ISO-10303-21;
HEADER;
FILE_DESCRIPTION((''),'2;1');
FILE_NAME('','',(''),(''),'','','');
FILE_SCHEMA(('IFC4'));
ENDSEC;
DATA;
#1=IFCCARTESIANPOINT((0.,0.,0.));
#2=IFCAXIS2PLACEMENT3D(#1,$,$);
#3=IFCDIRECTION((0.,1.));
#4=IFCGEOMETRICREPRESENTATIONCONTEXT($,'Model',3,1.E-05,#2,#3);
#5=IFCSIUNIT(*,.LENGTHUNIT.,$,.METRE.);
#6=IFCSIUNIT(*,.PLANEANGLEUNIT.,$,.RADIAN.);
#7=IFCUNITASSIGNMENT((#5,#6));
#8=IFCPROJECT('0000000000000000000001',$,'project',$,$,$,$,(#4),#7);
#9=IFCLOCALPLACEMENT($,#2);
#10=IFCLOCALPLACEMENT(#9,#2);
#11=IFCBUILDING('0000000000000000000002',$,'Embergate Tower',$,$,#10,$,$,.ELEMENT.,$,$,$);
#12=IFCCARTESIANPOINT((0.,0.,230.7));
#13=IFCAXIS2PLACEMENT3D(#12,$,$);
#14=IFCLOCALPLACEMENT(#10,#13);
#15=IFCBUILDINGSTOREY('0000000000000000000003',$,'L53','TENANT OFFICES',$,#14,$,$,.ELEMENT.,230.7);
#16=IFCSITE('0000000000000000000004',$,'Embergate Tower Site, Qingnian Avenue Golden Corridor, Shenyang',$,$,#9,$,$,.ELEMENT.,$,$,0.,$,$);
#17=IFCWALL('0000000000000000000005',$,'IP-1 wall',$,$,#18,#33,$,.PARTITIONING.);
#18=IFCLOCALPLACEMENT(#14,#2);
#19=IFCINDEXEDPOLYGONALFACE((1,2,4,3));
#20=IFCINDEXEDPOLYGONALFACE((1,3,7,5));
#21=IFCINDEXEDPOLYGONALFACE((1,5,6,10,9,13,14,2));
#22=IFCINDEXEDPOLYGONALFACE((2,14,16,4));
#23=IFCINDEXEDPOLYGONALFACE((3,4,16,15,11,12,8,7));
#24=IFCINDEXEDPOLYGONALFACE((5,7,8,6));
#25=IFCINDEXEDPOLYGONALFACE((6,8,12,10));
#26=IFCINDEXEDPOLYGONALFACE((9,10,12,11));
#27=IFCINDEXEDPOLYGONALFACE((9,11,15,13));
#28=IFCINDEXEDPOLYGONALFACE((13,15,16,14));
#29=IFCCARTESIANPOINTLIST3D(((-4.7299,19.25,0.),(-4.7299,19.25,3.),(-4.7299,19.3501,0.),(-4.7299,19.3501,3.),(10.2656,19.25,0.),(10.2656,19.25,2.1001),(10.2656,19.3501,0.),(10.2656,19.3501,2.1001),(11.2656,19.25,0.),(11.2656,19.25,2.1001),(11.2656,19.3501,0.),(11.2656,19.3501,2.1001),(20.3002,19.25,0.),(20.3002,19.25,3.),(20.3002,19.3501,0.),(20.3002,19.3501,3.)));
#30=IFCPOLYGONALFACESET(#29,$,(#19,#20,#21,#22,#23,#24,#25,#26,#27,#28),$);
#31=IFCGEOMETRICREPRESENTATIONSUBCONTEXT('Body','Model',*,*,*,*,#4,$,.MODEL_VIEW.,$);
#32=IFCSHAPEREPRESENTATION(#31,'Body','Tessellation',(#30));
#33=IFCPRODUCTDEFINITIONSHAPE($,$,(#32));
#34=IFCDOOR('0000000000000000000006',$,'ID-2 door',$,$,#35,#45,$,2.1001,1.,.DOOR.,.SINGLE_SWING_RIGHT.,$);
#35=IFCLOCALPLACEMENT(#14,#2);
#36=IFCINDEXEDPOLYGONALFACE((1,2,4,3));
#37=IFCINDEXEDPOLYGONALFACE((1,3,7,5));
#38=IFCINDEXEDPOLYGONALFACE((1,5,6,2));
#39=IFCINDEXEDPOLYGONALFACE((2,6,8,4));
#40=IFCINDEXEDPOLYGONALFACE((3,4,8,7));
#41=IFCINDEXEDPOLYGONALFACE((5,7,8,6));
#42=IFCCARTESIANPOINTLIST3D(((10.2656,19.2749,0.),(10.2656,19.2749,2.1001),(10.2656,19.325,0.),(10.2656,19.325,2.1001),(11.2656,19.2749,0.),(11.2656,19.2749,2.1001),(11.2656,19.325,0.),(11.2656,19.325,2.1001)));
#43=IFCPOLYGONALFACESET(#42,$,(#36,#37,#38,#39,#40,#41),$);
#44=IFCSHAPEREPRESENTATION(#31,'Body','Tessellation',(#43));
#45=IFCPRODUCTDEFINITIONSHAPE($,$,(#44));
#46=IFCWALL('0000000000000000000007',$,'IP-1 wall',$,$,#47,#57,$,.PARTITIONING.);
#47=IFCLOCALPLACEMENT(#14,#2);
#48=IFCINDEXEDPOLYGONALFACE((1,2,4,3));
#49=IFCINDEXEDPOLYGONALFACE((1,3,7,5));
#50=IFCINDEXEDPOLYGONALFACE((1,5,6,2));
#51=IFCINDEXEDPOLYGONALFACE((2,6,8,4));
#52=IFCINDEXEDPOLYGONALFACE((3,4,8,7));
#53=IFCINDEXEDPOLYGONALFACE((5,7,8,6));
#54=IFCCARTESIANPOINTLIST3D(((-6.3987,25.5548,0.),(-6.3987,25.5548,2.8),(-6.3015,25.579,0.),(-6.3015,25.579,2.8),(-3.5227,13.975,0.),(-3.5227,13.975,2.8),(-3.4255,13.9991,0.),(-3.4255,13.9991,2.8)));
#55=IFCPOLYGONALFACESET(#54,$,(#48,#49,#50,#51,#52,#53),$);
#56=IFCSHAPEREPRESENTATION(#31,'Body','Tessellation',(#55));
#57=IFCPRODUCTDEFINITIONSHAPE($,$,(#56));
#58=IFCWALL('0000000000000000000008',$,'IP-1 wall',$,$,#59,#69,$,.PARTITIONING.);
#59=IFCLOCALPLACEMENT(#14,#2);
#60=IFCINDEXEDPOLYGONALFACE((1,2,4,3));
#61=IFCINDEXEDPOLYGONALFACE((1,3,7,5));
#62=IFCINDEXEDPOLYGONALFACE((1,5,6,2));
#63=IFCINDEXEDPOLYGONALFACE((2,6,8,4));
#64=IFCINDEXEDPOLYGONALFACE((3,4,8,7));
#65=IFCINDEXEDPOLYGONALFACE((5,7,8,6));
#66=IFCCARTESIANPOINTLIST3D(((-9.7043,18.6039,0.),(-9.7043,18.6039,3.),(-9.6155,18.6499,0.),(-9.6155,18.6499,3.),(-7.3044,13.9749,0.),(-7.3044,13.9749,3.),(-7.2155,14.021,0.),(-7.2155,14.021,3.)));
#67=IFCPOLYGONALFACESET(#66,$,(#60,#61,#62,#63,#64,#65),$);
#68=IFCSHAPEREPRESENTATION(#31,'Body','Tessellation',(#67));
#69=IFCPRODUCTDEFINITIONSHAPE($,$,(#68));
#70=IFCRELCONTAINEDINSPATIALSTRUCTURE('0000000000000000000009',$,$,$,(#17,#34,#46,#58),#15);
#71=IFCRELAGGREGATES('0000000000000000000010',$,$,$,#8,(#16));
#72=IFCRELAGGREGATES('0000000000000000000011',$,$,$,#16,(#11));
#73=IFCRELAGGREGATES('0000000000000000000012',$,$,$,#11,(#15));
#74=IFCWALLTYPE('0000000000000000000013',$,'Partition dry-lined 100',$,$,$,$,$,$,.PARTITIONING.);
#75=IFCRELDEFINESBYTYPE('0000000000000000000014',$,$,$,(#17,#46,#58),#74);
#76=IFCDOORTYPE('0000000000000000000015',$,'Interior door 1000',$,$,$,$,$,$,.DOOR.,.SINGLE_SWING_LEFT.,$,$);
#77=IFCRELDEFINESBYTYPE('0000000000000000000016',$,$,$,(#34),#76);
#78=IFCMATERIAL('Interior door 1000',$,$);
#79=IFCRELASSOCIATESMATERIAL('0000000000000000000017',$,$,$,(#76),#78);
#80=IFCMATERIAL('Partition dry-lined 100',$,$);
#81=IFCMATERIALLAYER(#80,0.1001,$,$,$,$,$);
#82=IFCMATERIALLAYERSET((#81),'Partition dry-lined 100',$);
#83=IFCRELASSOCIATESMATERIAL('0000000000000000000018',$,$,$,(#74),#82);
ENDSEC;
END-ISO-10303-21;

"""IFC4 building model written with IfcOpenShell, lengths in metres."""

from ifc_helpers import new_model, si_unit, direction, frame, frame_2d, origin, place, context, subcontext, project, spatial, rectangle, extrude, source, transform, mapped, material, layer, layer_set, type_object, element, fill, save


model = new_model("IFC4")

# Units and contexts
model_context = context("Model", 3, precision=1e-05, world=origin(), true_north=direction((0.0, 1.0)))
body_context = subcontext(model_context, "Body", "Model", "MODEL_VIEW")
ifc_project = project(units=[si_unit("LENGTHUNIT", "METRE"), si_unit("PLANEANGLEUNIT", "RADIAN")], contexts=[model_context])

# Site, building, storey
site_placement = place(None, origin())
site = spatial("IfcSite", under=ifc_project, at=site_placement, Name="Embergate Tower Site, Qingnian Avenue Golden Corridor, Shenyang", CompositionType="ELEMENT", RefElevation=0.0)
building_placement = place(site_placement, origin())
building = spatial("IfcBuilding", under=site, at=building_placement, Name="Embergate Tower", CompositionType="ELEMENT")
storey_placement = place(building_placement, frame((0.0, 0.0, 230.7)))
storey = spatial("IfcBuildingStorey", under=building, at=storey_placement, Name="L53", Description="TENANT OFFICES", CompositionType="ELEMENT", Elevation=230.7)

# Shared definitions
ifc_material_1 = material(Name="Interior door 1000")
door_type_1 = type_object("IfcDoorType", Name="Interior door 1000", OperationType="SINGLE_SWING_LEFT", PredefinedType="DOOR", material=ifc_material_1)
shared_shape_1 = source(origin(), body_context, "Body", "SweptSolid", [
    extrude(rectangle(XDim=1.0, YDim=2.1001, at=frame_2d((0.5, 1.05))), frame((0.0, 0.0249, 0.0), z_axis=(0.0, -1.0, 0.0), x_axis=(1.0, 0.0, 0.0)), (0.0, 0.0, 1.0), 0.05),
])

# Wall, opening, door
ifc_material_2 = material(Name="Partition dry-lined 100")
ifc_layer_1 = layer(ifc_material_2, 0.1001)
ifc_layer_set_1 = layer_set([ifc_layer_1], Name="Partition dry-lined 100")
wall_type_1 = type_object("IfcWallType", Name="Partition dry-lined 100", PredefinedType="PARTITIONING", material=ifc_layer_set_1)
shared_shape_2 = source(origin(), body_context, "Body", "SweptSolid", [
    extrude(rectangle(XDim=25.03, YDim=0.1001, at=frame_2d((12.5151, 0.0))), origin(), (0.0, 0.0, 1.0), 3.0),
])
wall_1_placement = place(storey_placement, frame((-4.73, 19.3, 0.0), z_axis=(0.0, 0.0, 1.0), x_axis=(1.0, 0.0, 0.0)))
wall_1 = element("IfcWall", 1, at=wall_1_placement, inside=storey, type_object=wall_type_1, Name="IP-1 wall", PredefinedType="PARTITIONING", context=body_context, shape_type="MappedRepresentation", body=[
    mapped(shared_shape_2, transform((0.0, 0.0, 0.0))),
])
shared_shape_3 = source(origin(), body_context, "Body", "SweptSolid", [
    extrude(rectangle(XDim=1.0, YDim=2.1001, at=frame_2d((0.5, 1.05))), frame((0.0, 0.0601, 0.0), z_axis=(0.0, -1.0, 0.0), x_axis=(1.0, 0.0, 0.0)), (0.0, 0.0, 1.0), 0.1201),
])
opening_1_placement = place(wall_1_placement, frame((14.9956, 0.0, 0.0)))
opening_1 = element("IfcOpeningElement", 2, at=opening_1_placement, cuts=wall_1, PredefinedType="OPENING", context=body_context, shape_type="MappedRepresentation", body=[
    mapped(shared_shape_3, transform((0.0, 0.0, 0.0))),
])
door_1_placement = place(opening_1_placement, origin())
door_1 = element("IfcDoor", 3, at=door_1_placement, inside=storey, type_object=door_type_1, Name="ID-2 door", OperationType="SINGLE_SWING_RIGHT", OverallHeight=2.1001, OverallWidth=1.0, PredefinedType="DOOR", context=body_context, shape_type="MappedRepresentation", body=[
    mapped(shared_shape_1, transform((0.0, 0.0, 0.0))),
])
fill(opening_1, door_1)

# Walls
shared_shape_4 = source(origin(), body_context, "Body", "SweptSolid", [
    extrude(rectangle(XDim=11.9316, YDim=0.1001, at=frame_2d((5.9658, 0.0))), origin(), (0.0, 0.0, 1.0), 2.8),
])
wall_2_placement = place(storey_placement, frame((-3.4741, 13.9871, 0.0), z_axis=(0.0, 0.0, 1.0), x_axis=(-0.241038, 0.970516, 0.0)))
element("IfcWall", 4, at=wall_2_placement, inside=storey, type_object=wall_type_1, Name="IP-1 wall", PredefinedType="PARTITIONING", context=body_context, shape_type="MappedRepresentation", body=[
    mapped(shared_shape_4, transform((0.0, 0.0, 0.0))),
])
shared_shape_5 = source(origin(), body_context, "Body", "SweptSolid", [
    extrude(rectangle(XDim=5.2141, YDim=0.1001, at=frame_2d((2.6069, 0.0))), origin(), (0.0, 0.0, 1.0), 3.0),
])
wall_3_placement = place(storey_placement, frame((-7.26, 13.998, 0.0), z_axis=(0.0, 0.0, 1.0), x_axis=(-0.460276, 0.887776, 0.0)))
element("IfcWall", 5, at=wall_3_placement, inside=storey, type_object=wall_type_1, Name="IP-1 wall", PredefinedType="PARTITIONING", context=body_context, shape_type="MappedRepresentation", body=[
    mapped(shared_shape_5, transform((0.0, 0.0, 0.0))),
])

save(model, "model.ifc")
